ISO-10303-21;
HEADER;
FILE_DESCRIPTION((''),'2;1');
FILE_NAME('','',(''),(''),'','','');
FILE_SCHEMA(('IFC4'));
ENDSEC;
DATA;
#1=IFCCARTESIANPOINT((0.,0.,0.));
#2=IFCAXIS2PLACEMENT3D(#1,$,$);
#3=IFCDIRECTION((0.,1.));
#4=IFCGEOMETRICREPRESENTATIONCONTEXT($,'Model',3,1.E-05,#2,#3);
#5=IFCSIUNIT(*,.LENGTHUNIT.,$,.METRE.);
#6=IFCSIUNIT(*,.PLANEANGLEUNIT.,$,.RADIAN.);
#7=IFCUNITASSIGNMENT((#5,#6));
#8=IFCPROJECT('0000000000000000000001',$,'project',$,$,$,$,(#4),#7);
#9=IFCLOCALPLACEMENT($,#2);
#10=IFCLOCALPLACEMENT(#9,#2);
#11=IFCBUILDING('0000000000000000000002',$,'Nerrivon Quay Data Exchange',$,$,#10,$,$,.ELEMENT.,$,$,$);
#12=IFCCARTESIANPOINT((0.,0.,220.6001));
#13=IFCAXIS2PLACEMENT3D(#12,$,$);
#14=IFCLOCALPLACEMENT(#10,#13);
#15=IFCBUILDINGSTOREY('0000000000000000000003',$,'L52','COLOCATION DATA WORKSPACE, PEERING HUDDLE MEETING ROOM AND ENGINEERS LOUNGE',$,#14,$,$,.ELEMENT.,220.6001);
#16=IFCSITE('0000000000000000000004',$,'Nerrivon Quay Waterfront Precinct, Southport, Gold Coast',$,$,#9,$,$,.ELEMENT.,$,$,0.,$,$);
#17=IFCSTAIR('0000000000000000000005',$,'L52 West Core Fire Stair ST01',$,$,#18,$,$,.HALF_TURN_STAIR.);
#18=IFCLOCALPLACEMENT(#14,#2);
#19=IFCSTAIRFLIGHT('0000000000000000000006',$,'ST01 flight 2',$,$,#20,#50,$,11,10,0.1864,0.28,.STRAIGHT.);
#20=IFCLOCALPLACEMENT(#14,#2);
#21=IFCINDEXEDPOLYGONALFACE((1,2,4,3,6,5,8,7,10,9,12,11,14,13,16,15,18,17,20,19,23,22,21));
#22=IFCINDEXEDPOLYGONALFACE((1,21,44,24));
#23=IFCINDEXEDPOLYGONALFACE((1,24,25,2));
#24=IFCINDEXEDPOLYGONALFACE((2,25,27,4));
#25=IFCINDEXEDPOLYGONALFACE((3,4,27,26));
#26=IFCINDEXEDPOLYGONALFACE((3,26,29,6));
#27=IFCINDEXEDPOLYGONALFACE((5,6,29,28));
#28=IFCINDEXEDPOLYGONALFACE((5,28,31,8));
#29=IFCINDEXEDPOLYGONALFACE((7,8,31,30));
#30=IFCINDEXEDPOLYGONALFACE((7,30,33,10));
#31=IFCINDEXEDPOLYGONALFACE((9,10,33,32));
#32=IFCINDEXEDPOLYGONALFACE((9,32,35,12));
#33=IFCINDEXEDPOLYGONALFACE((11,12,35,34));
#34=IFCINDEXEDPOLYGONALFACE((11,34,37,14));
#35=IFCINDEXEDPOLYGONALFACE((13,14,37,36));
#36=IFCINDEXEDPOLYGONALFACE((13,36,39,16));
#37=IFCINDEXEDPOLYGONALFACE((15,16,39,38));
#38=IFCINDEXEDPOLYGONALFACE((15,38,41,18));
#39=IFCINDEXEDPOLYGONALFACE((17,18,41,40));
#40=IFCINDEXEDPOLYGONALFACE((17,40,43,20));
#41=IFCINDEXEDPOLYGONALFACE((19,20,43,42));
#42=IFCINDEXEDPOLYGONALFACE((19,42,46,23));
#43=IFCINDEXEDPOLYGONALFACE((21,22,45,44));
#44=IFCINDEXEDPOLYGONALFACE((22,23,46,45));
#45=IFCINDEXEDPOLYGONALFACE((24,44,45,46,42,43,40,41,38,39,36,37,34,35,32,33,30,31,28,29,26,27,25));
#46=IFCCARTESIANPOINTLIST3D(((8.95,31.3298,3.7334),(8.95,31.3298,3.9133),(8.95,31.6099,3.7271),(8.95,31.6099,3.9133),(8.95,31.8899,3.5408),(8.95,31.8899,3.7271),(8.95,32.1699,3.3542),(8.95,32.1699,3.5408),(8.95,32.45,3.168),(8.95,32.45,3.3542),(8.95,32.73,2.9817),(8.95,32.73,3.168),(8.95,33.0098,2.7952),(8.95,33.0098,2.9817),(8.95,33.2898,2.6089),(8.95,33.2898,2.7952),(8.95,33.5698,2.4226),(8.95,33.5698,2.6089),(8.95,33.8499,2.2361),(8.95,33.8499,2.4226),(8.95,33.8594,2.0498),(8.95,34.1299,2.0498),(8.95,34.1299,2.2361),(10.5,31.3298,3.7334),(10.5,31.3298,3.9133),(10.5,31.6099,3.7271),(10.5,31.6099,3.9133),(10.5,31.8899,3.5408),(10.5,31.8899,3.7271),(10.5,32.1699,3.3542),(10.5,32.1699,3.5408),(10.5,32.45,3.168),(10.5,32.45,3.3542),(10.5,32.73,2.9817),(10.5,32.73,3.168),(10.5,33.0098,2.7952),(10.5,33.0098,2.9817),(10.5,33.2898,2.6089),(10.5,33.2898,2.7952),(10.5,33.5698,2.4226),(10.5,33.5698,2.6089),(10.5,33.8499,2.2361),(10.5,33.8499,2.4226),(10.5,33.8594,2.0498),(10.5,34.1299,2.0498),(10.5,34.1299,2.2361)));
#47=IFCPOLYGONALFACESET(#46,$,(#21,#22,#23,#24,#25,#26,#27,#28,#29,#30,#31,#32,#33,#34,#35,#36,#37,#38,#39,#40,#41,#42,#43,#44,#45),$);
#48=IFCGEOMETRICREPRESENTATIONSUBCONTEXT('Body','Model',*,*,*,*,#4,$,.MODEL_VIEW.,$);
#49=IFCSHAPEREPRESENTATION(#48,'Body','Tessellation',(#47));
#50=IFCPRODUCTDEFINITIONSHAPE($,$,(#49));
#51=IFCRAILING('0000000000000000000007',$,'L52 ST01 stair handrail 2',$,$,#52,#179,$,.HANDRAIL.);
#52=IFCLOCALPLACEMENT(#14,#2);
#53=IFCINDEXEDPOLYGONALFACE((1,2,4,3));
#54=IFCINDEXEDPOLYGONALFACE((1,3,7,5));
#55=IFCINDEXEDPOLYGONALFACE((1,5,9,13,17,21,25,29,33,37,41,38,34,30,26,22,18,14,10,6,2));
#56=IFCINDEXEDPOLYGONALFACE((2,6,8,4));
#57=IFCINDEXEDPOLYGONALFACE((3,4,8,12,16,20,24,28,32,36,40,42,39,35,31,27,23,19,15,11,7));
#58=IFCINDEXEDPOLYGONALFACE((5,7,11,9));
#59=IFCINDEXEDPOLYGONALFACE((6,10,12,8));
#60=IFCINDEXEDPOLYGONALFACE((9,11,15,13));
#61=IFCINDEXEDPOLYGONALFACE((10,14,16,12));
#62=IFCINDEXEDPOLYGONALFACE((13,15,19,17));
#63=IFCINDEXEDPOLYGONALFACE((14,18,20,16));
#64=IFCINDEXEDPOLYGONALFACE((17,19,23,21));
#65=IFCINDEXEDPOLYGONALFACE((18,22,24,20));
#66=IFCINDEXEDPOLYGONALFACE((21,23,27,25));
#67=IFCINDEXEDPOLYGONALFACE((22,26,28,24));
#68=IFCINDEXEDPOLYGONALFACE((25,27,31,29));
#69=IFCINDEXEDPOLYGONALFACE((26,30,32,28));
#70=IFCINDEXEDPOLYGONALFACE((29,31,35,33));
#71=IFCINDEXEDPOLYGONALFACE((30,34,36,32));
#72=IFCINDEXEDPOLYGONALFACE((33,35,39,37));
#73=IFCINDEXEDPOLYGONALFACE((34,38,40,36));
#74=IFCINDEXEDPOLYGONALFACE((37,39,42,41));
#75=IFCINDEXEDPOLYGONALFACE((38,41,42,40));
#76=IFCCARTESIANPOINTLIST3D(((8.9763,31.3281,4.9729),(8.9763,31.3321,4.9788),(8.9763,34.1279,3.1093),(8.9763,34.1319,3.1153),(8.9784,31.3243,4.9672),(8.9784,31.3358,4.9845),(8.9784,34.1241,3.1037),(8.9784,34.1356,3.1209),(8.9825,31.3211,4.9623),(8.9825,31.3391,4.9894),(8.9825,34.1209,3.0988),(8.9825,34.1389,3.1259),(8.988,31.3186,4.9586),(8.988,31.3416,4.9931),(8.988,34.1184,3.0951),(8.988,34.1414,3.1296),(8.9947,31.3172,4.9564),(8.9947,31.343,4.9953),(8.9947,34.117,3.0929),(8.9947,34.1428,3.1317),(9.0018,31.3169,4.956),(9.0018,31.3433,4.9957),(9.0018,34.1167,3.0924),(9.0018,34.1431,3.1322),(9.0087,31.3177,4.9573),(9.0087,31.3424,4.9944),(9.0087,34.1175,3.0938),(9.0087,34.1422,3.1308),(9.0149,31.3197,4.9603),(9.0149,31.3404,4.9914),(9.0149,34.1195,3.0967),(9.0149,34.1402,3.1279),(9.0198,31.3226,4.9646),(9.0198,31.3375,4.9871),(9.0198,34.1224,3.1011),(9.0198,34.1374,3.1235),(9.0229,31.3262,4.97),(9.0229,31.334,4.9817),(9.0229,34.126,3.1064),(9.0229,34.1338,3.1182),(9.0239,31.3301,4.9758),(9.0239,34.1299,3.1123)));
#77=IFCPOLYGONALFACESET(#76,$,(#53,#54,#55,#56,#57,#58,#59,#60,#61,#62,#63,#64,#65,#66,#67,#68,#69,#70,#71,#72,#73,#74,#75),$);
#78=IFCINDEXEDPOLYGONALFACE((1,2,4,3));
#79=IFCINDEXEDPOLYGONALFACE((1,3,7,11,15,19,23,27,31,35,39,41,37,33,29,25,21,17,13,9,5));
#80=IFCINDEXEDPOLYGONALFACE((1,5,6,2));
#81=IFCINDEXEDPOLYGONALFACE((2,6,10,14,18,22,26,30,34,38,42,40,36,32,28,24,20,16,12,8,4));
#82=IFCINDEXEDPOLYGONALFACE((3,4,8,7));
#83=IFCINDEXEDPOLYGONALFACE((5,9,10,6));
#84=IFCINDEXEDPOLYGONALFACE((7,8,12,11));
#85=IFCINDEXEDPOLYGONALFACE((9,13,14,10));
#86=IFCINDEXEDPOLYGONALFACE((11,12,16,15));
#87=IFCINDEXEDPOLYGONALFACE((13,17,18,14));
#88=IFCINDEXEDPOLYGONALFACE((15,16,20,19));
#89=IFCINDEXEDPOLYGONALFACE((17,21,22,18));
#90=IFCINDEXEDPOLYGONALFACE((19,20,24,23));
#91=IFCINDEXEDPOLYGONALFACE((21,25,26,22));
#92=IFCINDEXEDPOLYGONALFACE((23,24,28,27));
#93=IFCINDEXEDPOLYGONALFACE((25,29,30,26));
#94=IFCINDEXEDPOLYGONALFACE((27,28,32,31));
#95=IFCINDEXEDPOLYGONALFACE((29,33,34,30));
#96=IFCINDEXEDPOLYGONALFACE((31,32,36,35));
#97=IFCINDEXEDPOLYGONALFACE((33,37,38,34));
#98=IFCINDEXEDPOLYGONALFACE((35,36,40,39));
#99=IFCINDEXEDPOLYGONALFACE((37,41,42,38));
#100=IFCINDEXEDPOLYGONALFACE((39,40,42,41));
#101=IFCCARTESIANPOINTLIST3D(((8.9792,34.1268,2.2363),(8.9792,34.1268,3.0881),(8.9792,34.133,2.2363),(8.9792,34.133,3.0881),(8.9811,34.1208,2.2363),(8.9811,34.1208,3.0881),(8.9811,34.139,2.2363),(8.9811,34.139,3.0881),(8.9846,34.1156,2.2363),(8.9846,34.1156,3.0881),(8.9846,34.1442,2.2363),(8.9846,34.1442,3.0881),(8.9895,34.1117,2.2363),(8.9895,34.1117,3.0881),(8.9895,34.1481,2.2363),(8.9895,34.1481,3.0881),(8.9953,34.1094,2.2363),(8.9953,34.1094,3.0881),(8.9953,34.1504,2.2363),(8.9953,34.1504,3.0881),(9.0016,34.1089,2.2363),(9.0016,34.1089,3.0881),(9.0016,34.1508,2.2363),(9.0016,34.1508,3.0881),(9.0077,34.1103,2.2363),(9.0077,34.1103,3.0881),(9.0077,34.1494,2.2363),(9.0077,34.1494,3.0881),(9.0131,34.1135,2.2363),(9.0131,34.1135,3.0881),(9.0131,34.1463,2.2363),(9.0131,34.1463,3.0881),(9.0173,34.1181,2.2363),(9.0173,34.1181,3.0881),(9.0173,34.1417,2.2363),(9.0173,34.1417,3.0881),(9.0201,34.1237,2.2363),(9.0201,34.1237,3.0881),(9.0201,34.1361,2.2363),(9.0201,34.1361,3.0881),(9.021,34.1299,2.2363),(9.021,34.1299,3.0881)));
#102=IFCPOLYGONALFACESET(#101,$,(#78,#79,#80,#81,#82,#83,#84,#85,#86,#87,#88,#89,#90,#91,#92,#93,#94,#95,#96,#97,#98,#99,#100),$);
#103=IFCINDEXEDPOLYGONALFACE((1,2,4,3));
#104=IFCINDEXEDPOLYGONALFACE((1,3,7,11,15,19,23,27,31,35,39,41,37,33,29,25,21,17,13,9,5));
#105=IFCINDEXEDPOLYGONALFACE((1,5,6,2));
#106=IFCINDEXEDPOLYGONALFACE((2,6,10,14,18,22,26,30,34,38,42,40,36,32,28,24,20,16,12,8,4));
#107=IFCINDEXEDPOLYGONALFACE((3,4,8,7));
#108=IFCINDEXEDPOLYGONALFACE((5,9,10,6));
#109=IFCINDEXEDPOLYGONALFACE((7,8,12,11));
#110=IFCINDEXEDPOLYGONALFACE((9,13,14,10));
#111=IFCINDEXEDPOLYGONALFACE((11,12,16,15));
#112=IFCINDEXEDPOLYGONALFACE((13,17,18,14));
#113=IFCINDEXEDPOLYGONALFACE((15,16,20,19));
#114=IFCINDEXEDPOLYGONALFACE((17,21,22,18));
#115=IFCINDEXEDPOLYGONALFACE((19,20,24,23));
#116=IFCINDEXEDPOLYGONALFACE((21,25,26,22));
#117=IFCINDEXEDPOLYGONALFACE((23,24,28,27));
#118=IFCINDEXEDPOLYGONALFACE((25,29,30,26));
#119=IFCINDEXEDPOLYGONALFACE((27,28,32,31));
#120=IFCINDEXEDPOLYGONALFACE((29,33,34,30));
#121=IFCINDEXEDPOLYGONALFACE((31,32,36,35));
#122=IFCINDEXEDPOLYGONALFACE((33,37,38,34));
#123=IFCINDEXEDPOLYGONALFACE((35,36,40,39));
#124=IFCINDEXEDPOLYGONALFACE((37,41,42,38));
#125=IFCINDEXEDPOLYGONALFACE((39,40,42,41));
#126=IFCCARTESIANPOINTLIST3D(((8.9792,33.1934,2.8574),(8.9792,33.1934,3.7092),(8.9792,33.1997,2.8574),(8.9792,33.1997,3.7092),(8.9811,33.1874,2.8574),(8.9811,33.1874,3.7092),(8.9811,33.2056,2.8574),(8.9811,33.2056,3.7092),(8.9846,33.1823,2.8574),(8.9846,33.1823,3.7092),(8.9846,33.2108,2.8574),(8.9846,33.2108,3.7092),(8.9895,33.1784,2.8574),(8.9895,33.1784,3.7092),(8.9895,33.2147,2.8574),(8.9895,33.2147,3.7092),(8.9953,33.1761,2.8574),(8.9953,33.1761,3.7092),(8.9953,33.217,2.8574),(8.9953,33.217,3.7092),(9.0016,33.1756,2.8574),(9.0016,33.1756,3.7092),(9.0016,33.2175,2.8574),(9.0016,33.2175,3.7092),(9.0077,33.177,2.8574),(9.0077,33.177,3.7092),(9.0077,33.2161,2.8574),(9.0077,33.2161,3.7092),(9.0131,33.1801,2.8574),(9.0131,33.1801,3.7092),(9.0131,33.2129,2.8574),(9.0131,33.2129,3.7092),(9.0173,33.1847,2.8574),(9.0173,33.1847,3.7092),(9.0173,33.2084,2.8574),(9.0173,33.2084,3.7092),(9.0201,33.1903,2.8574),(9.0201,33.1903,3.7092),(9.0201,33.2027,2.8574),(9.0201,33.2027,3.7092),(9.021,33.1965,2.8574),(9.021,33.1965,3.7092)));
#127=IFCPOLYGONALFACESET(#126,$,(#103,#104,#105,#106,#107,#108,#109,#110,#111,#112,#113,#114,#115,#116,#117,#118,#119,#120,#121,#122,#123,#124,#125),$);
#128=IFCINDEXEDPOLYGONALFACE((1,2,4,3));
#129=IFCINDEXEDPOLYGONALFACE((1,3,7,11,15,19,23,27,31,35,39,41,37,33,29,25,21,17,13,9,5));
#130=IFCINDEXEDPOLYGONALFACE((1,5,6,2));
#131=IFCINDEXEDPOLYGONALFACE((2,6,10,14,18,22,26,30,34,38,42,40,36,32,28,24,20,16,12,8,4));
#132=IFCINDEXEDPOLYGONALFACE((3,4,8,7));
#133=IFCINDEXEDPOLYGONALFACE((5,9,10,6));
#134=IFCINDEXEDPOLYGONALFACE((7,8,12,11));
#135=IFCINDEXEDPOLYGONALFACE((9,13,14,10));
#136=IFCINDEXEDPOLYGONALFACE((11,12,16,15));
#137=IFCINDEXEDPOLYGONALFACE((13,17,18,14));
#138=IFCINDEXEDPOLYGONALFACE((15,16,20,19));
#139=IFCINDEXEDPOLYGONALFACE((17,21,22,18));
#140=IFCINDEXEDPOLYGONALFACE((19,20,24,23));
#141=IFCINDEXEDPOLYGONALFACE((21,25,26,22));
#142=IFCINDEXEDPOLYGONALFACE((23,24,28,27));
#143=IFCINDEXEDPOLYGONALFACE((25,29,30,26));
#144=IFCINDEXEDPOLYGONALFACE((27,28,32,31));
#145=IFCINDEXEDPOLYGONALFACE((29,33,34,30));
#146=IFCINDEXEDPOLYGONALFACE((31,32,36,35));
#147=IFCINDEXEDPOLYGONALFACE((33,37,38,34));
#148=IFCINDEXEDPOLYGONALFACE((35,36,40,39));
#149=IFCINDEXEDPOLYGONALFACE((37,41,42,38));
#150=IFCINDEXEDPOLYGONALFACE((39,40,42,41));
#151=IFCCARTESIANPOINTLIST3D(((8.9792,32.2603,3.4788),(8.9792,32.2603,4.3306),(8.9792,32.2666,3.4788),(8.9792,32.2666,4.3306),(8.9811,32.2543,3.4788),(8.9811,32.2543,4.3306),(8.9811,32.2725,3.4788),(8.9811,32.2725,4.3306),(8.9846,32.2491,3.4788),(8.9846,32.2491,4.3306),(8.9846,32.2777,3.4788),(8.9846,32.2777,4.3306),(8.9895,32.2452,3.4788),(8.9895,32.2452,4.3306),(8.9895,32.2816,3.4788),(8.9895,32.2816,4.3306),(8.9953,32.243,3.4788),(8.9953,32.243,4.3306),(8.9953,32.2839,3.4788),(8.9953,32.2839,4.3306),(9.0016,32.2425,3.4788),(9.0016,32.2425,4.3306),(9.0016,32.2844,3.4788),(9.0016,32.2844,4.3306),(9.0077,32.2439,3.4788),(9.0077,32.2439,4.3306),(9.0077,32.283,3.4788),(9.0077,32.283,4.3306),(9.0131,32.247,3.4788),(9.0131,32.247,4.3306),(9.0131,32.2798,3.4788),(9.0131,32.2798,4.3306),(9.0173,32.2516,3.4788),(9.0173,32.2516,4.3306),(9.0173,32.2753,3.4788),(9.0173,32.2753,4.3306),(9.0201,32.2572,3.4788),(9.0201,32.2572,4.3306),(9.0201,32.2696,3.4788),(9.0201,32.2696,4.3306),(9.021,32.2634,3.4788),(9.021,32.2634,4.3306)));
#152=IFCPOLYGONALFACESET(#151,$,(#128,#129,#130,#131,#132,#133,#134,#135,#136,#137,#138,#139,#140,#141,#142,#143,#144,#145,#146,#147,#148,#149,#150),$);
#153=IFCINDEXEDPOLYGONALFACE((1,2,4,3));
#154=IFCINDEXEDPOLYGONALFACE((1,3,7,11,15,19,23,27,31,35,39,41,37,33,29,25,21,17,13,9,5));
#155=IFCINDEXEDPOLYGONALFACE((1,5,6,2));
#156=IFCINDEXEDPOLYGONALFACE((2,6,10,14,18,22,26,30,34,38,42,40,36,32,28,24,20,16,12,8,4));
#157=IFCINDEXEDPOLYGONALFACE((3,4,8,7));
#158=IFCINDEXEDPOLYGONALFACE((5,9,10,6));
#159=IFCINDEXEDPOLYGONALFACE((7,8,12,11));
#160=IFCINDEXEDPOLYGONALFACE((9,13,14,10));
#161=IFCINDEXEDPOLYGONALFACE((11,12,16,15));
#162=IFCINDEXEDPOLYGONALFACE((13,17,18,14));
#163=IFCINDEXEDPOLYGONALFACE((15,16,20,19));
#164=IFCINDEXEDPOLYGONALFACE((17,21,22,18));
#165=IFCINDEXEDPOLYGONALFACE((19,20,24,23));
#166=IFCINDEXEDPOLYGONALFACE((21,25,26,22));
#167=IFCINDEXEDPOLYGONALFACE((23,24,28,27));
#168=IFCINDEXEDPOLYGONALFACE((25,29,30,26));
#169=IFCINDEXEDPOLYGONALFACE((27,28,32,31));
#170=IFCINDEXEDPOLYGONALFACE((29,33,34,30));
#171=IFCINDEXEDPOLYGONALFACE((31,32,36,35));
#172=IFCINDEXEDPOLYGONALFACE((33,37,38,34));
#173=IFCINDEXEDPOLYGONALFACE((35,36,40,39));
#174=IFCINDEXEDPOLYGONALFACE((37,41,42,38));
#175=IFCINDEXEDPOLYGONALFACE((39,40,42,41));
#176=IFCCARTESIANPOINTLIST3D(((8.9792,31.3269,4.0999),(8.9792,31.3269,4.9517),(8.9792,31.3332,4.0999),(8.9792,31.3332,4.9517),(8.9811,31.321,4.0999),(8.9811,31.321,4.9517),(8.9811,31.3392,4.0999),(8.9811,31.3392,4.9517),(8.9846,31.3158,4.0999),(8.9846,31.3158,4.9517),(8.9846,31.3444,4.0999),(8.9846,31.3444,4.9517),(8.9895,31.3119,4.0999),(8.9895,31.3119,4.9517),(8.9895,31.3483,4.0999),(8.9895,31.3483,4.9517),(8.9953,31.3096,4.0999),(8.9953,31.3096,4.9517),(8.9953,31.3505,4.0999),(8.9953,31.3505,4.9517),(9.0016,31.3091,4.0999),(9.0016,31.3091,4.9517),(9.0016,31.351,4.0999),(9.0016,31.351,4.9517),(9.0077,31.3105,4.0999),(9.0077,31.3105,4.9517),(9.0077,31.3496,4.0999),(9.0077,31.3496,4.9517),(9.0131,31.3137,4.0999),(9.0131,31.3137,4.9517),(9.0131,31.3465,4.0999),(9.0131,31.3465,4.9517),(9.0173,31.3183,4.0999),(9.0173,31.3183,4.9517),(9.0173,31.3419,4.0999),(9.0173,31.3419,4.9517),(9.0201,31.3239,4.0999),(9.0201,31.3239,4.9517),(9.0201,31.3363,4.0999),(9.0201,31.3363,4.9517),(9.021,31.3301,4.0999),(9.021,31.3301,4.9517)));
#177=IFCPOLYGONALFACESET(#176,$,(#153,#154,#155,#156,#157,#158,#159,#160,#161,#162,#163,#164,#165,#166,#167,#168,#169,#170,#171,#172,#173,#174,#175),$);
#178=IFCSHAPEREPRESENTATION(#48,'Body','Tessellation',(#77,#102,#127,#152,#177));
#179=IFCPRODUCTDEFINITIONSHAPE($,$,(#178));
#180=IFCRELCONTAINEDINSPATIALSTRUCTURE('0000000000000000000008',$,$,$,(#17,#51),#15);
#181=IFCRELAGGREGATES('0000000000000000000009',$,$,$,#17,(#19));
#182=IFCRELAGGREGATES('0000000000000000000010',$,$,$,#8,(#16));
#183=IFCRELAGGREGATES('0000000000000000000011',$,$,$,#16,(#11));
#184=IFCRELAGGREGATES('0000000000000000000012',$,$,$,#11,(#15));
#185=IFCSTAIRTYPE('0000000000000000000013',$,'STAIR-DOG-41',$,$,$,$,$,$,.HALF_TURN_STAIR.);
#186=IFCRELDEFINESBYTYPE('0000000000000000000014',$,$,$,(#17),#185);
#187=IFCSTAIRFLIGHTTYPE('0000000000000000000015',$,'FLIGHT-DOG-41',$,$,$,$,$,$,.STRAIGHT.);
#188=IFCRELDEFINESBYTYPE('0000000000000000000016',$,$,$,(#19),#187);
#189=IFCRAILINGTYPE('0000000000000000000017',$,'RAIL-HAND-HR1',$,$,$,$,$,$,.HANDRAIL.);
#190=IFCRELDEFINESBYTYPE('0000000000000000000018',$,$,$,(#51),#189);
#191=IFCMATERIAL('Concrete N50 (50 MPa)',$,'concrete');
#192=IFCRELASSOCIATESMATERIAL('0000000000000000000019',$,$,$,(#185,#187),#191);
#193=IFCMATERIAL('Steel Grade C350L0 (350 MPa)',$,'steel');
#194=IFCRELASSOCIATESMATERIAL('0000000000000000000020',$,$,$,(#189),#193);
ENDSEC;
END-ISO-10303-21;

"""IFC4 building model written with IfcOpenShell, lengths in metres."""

from ifc_helpers import new_model, si_unit, direction, frame, origin, origin_2d, place, context, subcontext, project, spatial, polyline, circle, outline, extrude, material, type_object, element, aggregate, save


model = new_model("IFC4")

# Units and contexts
model_context = context("Model", 3, precision=1e-05, world=origin(), true_north=direction((0.0, 1.0)))
body_context = subcontext(model_context, "Body", "Model", "MODEL_VIEW")
ifc_project = project(units=[si_unit("LENGTHUNIT", "METRE"), si_unit("PLANEANGLEUNIT", "RADIAN")], contexts=[model_context])

# Site, building, storey
site_placement = place(None, origin())
site = spatial("IfcSite", under=ifc_project, at=site_placement, Name="Nerrivon Quay Waterfront Precinct, Southport, Gold Coast", CompositionType="ELEMENT", RefElevation=0.0)
building_placement = place(site_placement, origin())
building = spatial("IfcBuilding", under=site, at=building_placement, Name="Nerrivon Quay Data Exchange", CompositionType="ELEMENT")
storey_placement = place(building_placement, frame((0.0, 0.0, 220.6001)))
storey = spatial("IfcBuildingStorey", under=building, at=storey_placement, Name="L52", Description="COLOCATION DATA WORKSPACE, PEERING HUDDLE MEETING ROOM AND ENGINEERS LOUNGE", CompositionType="ELEMENT", Elevation=220.6001)

# Shared definitions
ifc_material_1 = material(Name="Concrete N50 (50 MPa)", Category="concrete")
ifc_material_2 = material(Name="Steel Grade C350L0 (350 MPa)", Category="steel")

# Stair, stair flight
stair_type = type_object("IfcStairType", Name="STAIR-DOG-41", PredefinedType="HALF_TURN_STAIR", material=ifc_material_1)
stair_placement = place(storey_placement, origin())
stair = element("IfcStair", 1, at=stair_placement, inside=storey, type_object=stair_type, Name="L52 West Core Fire Stair ST01", PredefinedType="HALF_TURN_STAIR")
stair_flight_type = type_object("IfcStairFlightType", Name="FLIGHT-DOG-41", PredefinedType="STRAIGHT", material=ifc_material_1)
stair_flight_placement = place(storey_placement, frame((9.7251, 34.1299, 2.0498), z_axis=(0.0, 0.0, 1.0), x_axis=(0.0, -1.0, 0.0)))
stair_flight = element("IfcStairFlight", 2, at=stair_flight_placement, type_object=stair_flight_type, Name="ST01 flight 2", NumberOfRisers=11, NumberOfTreads=10, PredefinedType="STRAIGHT", RiserHeight=0.1864, TreadLength=0.28, context=body_context, shape_type="SweptSolid", body=[
    extrude(outline(polyline([(0.0, 0.0), (0.0, 0.1863), (0.28, 0.1863), (0.28, 0.3728), (0.5601, 0.3728), (0.5601, 0.5591), (0.8401, 0.5591), (0.8401, 0.7454), (1.1201, 0.7454), (1.1201, 0.9319), (1.3999, 0.9319), (1.3999, 1.1182), (1.6799, 1.1182), (1.6799, 1.3044), (1.96, 1.3044), (1.96, 1.491), (2.24, 1.491), (2.24, 1.6772), (2.52, 1.6772), (2.52, 1.8635), (2.8, 1.8635), (2.8, 2.05), (2.8, 1.6836), (0.2705, 0.0), (0.0, 0.0)])), frame((0.0, 0.7749, 0.0), z_axis=(0.0, -1.0, 0.0), x_axis=(1.0, 0.0, 0.0)), (0.0, 0.0, 1.0), 1.55),
])
aggregate(stair, [stair_flight])

# Railing
railing_type_1 = type_object("IfcRailingType", Name="RAIL-HAND-HR1", PredefinedType="HANDRAIL", material=ifc_material_2)
railing_1_placement = place(storey_placement, frame((9.0, 34.1299, 2.2363)))
element("IfcRailing", 3, at=railing_1_placement, inside=storey, type_object=railing_type_1, Name="L52 ST01 stair handrail 2", PredefinedType="HANDRAIL", context=body_context, shape_type="SweptSolid", body=[
    extrude(circle(Radius=0.0239, at=origin_2d()), frame((0.0, 0.0, 0.876), z_axis=(0.0, -0.832463, 0.55408), x_axis=(1.0, 0.0, 0.0)), (0.0, 0.0, 1.0), 3.3633),
    extrude(circle(Radius=0.021, at=origin_2d()), origin(), (0.0, 0.0, 1.0), 0.8518),
    extrude(circle(Radius=0.021, at=origin_2d()), frame((0.0, -0.9333, 0.6211)), (0.0, 0.0, 1.0), 0.8518),
    extrude(circle(Radius=0.021, at=origin_2d()), frame((0.0, -1.8665, 1.2424)), (0.0, 0.0, 1.0), 0.8518),
    extrude(circle(Radius=0.021, at=origin_2d()), frame((0.0, -2.7998, 1.8635)), (0.0, 0.0, 1.0), 0.8518),
])

save(model, "model.ifc")
